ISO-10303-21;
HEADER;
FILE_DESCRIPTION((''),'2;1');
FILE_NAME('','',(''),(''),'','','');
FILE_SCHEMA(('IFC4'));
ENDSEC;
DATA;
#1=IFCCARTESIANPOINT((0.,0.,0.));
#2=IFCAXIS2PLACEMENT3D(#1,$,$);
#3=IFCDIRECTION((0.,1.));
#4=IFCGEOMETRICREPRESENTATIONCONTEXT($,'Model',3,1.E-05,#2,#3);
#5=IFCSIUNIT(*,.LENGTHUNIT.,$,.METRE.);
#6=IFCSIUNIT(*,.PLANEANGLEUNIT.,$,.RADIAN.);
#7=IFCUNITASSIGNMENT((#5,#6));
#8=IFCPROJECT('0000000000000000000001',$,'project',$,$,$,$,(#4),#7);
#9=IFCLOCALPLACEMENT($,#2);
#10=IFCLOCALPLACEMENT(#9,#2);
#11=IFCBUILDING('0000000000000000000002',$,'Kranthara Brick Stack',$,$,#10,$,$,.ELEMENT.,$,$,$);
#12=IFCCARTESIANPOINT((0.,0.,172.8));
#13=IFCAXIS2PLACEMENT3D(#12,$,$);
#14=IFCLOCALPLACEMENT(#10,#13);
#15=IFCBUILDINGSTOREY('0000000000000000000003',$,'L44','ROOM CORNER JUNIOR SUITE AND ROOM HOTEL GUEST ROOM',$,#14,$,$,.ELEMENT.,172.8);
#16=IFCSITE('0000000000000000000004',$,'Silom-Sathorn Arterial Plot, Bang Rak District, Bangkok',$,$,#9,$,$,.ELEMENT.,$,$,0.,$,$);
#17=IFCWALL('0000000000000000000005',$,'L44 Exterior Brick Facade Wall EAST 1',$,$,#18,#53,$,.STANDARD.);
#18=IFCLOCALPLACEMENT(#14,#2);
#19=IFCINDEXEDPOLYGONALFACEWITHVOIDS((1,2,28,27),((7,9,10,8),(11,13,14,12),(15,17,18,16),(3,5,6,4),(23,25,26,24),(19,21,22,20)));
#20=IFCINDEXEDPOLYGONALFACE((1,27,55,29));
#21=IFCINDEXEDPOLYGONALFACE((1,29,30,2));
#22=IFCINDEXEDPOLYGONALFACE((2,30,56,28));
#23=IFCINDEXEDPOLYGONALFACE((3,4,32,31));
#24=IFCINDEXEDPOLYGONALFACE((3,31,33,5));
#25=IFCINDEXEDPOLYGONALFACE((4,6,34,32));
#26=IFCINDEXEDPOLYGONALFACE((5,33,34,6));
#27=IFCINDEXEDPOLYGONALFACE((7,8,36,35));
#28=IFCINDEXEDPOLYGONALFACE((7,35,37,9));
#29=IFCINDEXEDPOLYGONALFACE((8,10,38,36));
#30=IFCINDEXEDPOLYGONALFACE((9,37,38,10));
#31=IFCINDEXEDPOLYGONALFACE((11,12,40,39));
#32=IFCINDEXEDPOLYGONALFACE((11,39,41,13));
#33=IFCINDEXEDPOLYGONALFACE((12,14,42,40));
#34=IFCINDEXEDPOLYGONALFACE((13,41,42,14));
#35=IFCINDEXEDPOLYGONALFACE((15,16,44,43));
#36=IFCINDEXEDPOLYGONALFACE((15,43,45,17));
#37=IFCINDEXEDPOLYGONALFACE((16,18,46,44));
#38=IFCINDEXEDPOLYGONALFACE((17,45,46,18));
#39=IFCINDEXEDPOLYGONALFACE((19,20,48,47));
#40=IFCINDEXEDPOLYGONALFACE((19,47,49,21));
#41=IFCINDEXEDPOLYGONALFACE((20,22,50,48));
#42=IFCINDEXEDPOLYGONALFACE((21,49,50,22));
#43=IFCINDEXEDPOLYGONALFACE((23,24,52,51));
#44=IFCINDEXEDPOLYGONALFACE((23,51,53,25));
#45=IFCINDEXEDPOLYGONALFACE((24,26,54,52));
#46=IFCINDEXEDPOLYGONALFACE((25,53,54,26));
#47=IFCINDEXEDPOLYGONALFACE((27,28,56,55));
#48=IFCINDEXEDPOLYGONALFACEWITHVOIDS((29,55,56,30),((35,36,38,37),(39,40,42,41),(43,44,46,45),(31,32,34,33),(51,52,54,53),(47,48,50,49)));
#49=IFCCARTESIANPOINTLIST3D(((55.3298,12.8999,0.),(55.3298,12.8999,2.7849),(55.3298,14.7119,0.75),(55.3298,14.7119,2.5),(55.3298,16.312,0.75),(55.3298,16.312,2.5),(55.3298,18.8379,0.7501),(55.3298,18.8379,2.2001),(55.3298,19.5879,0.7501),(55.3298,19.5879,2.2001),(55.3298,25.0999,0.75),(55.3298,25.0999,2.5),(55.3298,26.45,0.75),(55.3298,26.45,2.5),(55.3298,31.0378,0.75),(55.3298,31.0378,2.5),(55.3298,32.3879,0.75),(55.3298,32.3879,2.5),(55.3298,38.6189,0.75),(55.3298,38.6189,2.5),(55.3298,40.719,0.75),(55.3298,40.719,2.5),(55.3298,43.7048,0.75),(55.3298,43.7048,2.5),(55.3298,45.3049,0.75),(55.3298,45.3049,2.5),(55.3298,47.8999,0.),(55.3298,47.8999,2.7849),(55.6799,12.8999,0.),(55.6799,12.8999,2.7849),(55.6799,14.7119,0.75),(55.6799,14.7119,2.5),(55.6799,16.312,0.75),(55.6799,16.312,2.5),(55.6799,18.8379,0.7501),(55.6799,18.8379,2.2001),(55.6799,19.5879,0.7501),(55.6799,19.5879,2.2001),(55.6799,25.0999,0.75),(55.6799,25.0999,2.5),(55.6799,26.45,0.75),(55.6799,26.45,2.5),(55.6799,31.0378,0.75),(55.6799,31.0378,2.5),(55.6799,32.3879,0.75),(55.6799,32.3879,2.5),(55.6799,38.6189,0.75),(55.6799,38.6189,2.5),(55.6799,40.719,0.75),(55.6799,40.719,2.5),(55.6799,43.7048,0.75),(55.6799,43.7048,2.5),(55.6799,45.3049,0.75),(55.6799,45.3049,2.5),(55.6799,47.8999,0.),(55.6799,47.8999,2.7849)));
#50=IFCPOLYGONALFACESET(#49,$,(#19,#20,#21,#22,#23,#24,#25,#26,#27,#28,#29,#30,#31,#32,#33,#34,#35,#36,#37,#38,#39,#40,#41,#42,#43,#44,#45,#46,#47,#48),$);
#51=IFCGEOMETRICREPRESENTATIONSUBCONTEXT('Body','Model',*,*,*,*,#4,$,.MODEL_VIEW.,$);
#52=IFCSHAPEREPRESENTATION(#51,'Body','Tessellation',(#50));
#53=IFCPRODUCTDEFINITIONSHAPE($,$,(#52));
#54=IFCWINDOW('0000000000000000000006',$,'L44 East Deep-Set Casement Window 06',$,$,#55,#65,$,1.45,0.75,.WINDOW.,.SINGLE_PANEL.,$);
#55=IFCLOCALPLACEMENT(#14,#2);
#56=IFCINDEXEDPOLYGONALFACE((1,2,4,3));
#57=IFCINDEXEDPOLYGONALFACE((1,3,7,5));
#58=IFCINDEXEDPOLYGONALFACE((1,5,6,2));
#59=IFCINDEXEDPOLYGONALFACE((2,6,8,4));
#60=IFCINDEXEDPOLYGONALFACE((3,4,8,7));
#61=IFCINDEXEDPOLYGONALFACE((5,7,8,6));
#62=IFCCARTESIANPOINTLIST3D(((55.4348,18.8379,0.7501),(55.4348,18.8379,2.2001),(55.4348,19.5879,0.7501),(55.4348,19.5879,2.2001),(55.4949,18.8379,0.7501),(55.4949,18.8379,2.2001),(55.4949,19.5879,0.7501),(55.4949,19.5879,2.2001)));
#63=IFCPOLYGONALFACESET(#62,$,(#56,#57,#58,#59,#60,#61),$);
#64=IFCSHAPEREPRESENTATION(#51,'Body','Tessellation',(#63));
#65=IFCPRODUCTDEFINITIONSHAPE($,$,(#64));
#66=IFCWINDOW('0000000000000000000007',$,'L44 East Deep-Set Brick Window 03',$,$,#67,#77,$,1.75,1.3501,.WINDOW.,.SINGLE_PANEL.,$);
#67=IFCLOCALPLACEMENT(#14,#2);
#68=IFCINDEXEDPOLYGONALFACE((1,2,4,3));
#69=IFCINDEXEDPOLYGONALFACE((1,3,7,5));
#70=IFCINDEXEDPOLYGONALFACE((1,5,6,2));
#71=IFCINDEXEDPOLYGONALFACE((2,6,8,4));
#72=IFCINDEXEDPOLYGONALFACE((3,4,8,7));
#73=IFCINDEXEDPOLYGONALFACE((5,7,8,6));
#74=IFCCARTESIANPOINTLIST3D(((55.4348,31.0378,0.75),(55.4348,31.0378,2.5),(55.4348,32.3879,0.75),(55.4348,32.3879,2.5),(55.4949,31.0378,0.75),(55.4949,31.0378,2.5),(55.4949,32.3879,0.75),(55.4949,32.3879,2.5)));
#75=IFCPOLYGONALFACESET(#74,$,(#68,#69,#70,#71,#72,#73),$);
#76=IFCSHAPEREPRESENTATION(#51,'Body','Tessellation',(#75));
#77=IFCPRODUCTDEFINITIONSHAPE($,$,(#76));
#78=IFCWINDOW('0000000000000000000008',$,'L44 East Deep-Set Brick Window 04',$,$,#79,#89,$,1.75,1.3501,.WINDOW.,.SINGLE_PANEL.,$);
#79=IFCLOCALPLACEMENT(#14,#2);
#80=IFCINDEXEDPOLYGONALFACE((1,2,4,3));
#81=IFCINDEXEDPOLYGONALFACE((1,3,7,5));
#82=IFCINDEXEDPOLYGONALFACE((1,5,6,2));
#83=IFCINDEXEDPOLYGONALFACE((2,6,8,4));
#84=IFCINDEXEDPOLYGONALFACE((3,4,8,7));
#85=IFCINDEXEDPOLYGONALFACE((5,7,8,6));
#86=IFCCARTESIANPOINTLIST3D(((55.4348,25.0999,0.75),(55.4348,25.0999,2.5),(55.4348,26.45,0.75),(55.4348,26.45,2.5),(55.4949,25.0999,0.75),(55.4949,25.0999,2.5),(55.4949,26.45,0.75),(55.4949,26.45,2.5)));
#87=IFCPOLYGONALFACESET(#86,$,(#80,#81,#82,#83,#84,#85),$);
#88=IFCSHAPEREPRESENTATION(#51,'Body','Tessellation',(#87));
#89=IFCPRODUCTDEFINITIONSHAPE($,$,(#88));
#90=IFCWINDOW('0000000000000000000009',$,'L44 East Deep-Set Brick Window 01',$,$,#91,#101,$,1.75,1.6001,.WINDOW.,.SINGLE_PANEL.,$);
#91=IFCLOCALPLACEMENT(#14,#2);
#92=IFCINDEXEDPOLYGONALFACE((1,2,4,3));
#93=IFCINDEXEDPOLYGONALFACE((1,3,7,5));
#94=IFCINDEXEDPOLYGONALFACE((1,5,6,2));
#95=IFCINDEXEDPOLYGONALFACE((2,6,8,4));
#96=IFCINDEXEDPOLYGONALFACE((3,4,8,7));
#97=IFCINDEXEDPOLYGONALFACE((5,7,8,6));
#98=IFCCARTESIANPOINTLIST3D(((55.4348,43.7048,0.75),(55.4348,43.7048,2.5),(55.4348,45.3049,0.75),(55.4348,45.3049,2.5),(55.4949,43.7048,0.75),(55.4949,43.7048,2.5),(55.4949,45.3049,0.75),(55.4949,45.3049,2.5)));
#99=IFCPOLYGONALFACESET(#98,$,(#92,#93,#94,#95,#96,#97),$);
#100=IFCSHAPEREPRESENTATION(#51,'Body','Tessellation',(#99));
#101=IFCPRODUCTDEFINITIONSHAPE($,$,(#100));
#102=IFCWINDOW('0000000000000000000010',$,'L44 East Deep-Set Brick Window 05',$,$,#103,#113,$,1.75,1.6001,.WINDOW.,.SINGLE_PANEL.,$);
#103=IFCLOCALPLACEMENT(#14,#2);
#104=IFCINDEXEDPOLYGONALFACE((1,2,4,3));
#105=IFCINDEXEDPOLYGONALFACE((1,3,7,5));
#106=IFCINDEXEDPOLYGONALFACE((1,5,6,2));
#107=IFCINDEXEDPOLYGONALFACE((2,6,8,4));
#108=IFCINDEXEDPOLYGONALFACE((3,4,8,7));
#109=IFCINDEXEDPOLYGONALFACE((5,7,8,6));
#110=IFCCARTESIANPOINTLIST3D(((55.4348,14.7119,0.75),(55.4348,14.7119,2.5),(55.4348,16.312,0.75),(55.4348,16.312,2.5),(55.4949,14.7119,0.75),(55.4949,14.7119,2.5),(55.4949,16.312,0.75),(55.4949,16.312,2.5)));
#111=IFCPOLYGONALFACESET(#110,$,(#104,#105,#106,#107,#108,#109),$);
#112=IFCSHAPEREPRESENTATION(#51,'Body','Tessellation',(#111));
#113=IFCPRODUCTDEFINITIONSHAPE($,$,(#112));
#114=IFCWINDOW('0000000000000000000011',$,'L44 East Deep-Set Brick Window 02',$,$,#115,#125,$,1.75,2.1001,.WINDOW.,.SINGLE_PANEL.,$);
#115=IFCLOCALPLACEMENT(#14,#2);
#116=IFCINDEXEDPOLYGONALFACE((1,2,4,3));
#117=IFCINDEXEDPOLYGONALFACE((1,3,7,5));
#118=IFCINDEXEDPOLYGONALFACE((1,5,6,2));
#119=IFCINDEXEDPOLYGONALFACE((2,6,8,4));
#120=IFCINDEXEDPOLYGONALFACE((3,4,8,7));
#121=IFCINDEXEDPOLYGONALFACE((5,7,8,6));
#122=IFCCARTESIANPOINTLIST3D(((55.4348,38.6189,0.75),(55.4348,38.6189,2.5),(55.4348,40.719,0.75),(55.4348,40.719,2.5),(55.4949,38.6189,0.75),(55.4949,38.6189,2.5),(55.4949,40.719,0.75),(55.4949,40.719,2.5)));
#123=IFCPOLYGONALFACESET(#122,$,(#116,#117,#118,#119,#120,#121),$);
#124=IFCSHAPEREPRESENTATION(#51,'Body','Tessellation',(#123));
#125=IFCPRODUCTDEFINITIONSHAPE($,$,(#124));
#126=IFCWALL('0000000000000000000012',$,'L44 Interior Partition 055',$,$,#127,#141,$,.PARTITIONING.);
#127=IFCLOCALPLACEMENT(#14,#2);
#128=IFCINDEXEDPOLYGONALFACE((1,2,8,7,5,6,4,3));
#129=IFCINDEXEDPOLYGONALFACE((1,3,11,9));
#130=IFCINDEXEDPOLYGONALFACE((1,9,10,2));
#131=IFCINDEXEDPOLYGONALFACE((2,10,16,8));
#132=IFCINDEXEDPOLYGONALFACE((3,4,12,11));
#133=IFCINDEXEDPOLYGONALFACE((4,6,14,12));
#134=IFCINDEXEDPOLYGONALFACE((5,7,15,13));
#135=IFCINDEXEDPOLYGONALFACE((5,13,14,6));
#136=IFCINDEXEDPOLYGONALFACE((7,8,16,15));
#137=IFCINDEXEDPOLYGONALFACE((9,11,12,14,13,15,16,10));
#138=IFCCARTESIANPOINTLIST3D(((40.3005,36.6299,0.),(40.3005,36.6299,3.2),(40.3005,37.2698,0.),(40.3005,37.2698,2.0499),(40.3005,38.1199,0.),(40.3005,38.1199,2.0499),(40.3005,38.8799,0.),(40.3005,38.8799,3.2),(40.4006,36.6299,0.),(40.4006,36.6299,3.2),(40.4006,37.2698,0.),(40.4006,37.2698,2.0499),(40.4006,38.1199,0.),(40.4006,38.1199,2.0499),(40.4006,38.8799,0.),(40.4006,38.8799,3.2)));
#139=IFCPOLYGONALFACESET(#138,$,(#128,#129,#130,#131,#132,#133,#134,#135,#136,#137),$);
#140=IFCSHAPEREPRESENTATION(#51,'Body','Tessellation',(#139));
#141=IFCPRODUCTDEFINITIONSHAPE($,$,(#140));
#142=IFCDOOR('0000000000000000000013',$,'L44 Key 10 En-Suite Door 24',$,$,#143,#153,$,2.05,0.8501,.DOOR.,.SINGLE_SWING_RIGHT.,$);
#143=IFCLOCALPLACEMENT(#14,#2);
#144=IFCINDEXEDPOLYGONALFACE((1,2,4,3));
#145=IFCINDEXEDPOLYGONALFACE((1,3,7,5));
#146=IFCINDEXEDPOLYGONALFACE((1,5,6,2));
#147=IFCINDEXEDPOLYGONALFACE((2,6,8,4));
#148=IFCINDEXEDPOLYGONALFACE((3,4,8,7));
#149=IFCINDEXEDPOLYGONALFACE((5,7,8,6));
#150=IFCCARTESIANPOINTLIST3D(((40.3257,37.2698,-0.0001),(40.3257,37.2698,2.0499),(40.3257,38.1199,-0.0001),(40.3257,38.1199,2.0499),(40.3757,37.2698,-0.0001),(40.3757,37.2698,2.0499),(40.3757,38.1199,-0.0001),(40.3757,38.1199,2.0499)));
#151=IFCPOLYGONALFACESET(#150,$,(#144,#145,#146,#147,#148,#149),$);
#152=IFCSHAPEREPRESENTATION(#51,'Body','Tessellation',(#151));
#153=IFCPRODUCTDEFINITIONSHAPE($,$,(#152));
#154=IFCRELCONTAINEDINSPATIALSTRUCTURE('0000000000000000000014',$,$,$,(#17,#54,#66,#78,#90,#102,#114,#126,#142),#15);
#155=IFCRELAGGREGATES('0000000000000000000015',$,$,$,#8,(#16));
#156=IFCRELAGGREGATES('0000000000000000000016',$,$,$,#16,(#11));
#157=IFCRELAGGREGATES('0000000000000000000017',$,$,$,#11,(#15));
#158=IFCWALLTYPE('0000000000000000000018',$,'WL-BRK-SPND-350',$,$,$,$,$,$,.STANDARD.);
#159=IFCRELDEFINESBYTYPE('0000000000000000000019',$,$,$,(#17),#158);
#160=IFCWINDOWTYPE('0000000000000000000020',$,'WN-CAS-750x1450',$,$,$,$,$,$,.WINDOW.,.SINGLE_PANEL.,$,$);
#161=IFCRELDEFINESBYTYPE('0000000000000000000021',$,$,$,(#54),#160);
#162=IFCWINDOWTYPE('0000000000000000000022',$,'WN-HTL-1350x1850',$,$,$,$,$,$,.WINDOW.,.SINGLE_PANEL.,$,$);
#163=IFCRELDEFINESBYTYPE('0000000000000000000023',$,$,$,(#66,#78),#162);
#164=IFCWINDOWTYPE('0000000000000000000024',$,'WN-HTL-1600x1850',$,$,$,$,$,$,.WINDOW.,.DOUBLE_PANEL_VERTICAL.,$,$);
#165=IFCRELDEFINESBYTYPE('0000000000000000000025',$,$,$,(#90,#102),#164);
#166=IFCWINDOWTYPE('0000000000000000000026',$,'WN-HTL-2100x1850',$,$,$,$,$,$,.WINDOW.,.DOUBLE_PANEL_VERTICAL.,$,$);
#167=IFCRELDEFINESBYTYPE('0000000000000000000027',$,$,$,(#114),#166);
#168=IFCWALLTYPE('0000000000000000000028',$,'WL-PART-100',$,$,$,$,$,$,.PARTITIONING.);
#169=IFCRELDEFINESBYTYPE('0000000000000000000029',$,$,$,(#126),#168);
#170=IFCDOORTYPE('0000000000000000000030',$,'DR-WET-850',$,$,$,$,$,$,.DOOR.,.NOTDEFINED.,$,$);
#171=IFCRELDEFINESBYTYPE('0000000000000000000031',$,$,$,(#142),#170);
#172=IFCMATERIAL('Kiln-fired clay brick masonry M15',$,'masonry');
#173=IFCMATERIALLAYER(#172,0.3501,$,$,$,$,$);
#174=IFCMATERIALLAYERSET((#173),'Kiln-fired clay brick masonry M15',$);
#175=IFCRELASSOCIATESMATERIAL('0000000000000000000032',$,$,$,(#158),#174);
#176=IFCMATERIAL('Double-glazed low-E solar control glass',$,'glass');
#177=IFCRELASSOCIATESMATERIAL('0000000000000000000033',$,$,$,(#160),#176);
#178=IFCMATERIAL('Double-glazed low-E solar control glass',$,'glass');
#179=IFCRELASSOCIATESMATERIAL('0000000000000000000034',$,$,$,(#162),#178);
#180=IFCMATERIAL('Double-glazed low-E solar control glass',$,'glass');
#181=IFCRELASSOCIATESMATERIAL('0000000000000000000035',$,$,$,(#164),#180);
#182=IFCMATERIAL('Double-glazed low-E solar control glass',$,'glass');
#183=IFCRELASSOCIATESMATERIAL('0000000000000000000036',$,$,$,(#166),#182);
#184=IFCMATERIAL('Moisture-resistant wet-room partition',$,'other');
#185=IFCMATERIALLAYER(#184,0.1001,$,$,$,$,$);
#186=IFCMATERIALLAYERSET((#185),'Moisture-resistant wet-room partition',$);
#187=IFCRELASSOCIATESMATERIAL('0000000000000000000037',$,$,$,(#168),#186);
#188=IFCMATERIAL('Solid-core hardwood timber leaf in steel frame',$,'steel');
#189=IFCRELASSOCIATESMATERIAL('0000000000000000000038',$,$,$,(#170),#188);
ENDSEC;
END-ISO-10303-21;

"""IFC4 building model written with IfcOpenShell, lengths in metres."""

from ifc_helpers import new_model, si_unit, direction, frame, frame_2d, origin, place, context, subcontext, project, spatial, rectangle, extrude, material, layer, layer_set, type_object, element, fill, save


model = new_model("IFC4")

# Units and contexts
model_context = context("Model", 3, precision=1e-05, world=origin(), true_north=direction((0.0, 1.0)))
body_context = subcontext(model_context, "Body", "Model", "MODEL_VIEW")
ifc_project = project(units=[si_unit("LENGTHUNIT", "METRE"), si_unit("PLANEANGLEUNIT", "RADIAN")], contexts=[model_context])

# Site, building, storey
site_placement = place(None, origin())
site = spatial("IfcSite", under=ifc_project, at=site_placement, Name="Silom-Sathorn Arterial Plot, Bang Rak District, Bangkok", CompositionType="ELEMENT", RefElevation=0.0)
building_placement = place(site_placement, origin())
building = spatial("IfcBuilding", under=site, at=building_placement, Name="Kranthara Brick Stack", CompositionType="ELEMENT")
storey_placement = place(building_placement, frame((0.0, 0.0, 172.8)))
storey = spatial("IfcBuildingStorey", under=building, at=storey_placement, Name="L44", Description="ROOM CORNER JUNIOR SUITE AND ROOM HOTEL GUEST ROOM", CompositionType="ELEMENT", Elevation=172.8)

# Shared definitions
ifc_material_1 = material(Name="Kiln-fired clay brick masonry M15", Category="masonry")
ifc_layer_1 = layer(ifc_material_1, 0.3501)
ifc_layer_set_1 = layer_set([ifc_layer_1], Name="Kiln-fired clay brick masonry M15")
wall_type_1 = type_object("IfcWallType", Name="WL-BRK-SPND-350", PredefinedType="STANDARD", material=ifc_layer_set_1)

# Wall, openings, windows
wall_1_placement = place(storey_placement, frame((55.5049, 47.8999, 0.0), z_axis=(0.0, 0.0, 1.0), x_axis=(0.0, -1.0, 0.0)))
wall_1 = element("IfcWall", 1, at=wall_1_placement, inside=storey, type_object=wall_type_1, Name="L44 Exterior Brick Facade Wall EAST 1", PredefinedType="STANDARD", context=body_context, shape_type="SweptSolid", body=[
    extrude(rectangle(XDim=35.0, YDim=0.3501, at=frame_2d((17.5, 0.0))), origin(), (0.0, 0.0, 1.0), 2.7849),
])
opening_1_placement = place(wall_1_placement, frame((2.595, 0.0, 0.75)))
opening_1 = element("IfcOpeningElement", 2, at=opening_1_placement, cuts=wall_1, PredefinedType="OPENING", context=body_context, shape_type="SweptSolid", body=[
    extrude(rectangle(XDim=1.6001, YDim=1.75, at=frame_2d((0.8, 0.875))), frame((0.0, 0.1851, 0.0), z_axis=(0.0, -1.0, 0.0), x_axis=(1.0, 0.0, 0.0)), (0.0, 0.0, 1.0), 0.3701),
])
opening_2_placement = place(wall_1_placement, frame((7.1809, 0.0, 0.75)))
opening_2 = element("IfcOpeningElement", 3, at=opening_2_placement, cuts=wall_1, PredefinedType="OPENING", context=body_context, shape_type="SweptSolid", body=[
    extrude(rectangle(XDim=2.1001, YDim=1.75, at=frame_2d((1.05, 0.875))), frame((0.0, 0.1851, 0.0), z_axis=(0.0, -1.0, 0.0), x_axis=(1.0, 0.0, 0.0)), (0.0, 0.0, 1.0), 0.3701),
])
opening_3_placement = place(wall_1_placement, frame((15.512, 0.0, 0.75)))
opening_3 = element("IfcOpeningElement", 4, at=opening_3_placement, cuts=wall_1, PredefinedType="OPENING", context=body_context, shape_type="SweptSolid", body=[
    extrude(rectangle(XDim=1.3501, YDim=1.75, at=frame_2d((0.675, 0.875))), frame((0.0, 0.1851, 0.0), z_axis=(0.0, -1.0, 0.0), x_axis=(1.0, 0.0, 0.0)), (0.0, 0.0, 1.0), 0.3701),
])
opening_4_placement = place(wall_1_placement, frame((21.45, 0.0, 0.75)))
opening_4 = element("IfcOpeningElement", 5, at=opening_4_placement, cuts=wall_1, PredefinedType="OPENING", context=body_context, shape_type="SweptSolid", body=[
    extrude(rectangle(XDim=1.3501, YDim=1.75, at=frame_2d((0.675, 0.875))), frame((0.0, 0.1851, 0.0), z_axis=(0.0, -1.0, 0.0), x_axis=(1.0, 0.0, 0.0)), (0.0, 0.0, 1.0), 0.3701),
])
opening_5_placement = place(wall_1_placement, frame((31.5879, 0.0, 0.75)))
opening_5 = element("IfcOpeningElement", 6, at=opening_5_placement, cuts=wall_1, PredefinedType="OPENING", context=body_context, shape_type="SweptSolid", body=[
    extrude(rectangle(XDim=1.6001, YDim=1.75, at=frame_2d((0.8, 0.875))), frame((0.0, 0.1851, 0.0), z_axis=(0.0, -1.0, 0.0), x_axis=(1.0, 0.0, 0.0)), (0.0, 0.0, 1.0), 0.3701),
])
opening_6_placement = place(wall_1_placement, frame((28.312, 0.0, 0.75)))
opening_6 = element("IfcOpeningElement", 7, at=opening_6_placement, cuts=wall_1, PredefinedType="OPENING", context=body_context, shape_type="SweptSolid", body=[
    extrude(rectangle(XDim=0.75, YDim=1.45, at=frame_2d((0.375, 0.7251))), frame((0.0, 0.1851, 0.0), z_axis=(0.0, -1.0, 0.0), x_axis=(1.0, 0.0, 0.0)), (0.0, 0.0, 1.0), 0.3701),
])
ifc_material_2 = material(Name="Double-glazed low-E solar control glass", Category="glass")
window_type_1 = type_object("IfcWindowType", Name="WN-CAS-750x1450", PartitioningType="SINGLE_PANEL", PredefinedType="WINDOW", material=ifc_material_2)
window_1_placement = place(opening_6_placement, origin())
window_1 = element("IfcWindow", 8, at=window_1_placement, inside=storey, type_object=window_type_1, Name="L44 East Deep-Set Casement Window 06", OverallHeight=1.45, OverallWidth=0.75, PartitioningType="SINGLE_PANEL", PredefinedType="WINDOW", context=body_context, shape_type="SweptSolid", body=[
    extrude(rectangle(XDim=0.75, YDim=1.45, at=frame_2d((0.375, 0.7251))), frame((0.0, -0.01, 0.0), z_axis=(0.0, -1.0, 0.0), x_axis=(1.0, 0.0, 0.0)), (0.0, 0.0, 1.0), 0.0601),
])
fill(opening_6, window_1)
ifc_material_3 = material(Name="Double-glazed low-E solar control glass", Category="glass")
window_type_2 = type_object("IfcWindowType", Name="WN-HTL-1350x1850", PartitioningType="SINGLE_PANEL", PredefinedType="WINDOW", material=ifc_material_3)
window_2_placement = place(opening_3_placement, origin())
window_2 = element("IfcWindow", 9, at=window_2_placement, inside=storey, type_object=window_type_2, Name="L44 East Deep-Set Brick Window 03", OverallHeight=1.75, OverallWidth=1.3501, PartitioningType="SINGLE_PANEL", PredefinedType="WINDOW", context=body_context, shape_type="SweptSolid", body=[
    extrude(rectangle(XDim=1.3501, YDim=1.75, at=frame_2d((0.675, 0.875))), frame((0.0, -0.01, 0.0), z_axis=(0.0, -1.0, 0.0), x_axis=(1.0, 0.0, 0.0)), (0.0, 0.0, 1.0), 0.0601),
])
fill(opening_3, window_2)
window_3_placement = place(opening_4_placement, origin())
window_3 = element("IfcWindow", 10, at=window_3_placement, inside=storey, type_object=window_type_2, Name="L44 East Deep-Set Brick Window 04", OverallHeight=1.75, OverallWidth=1.3501, PartitioningType="SINGLE_PANEL", PredefinedType="WINDOW", context=body_context, shape_type="SweptSolid", body=[
    extrude(rectangle(XDim=1.3501, YDim=1.75, at=frame_2d((0.675, 0.875))), frame((0.0, -0.01, 0.0), z_axis=(0.0, -1.0, 0.0), x_axis=(1.0, 0.0, 0.0)), (0.0, 0.0, 1.0), 0.0601),
])
fill(opening_4, window_3)
ifc_material_4 = material(Name="Double-glazed low-E solar control glass", Category="glass")
window_type_3 = type_object("IfcWindowType", Name="WN-HTL-1600x1850", PartitioningType="DOUBLE_PANEL_VERTICAL", PredefinedType="WINDOW", material=ifc_material_4)
window_4_placement = place(opening_1_placement, origin())
window_4 = element("IfcWindow", 11, at=window_4_placement, inside=storey, type_object=window_type_3, Name="L44 East Deep-Set Brick Window 01", OverallHeight=1.75, OverallWidth=1.6001, PartitioningType="SINGLE_PANEL", PredefinedType="WINDOW", context=body_context, shape_type="SweptSolid", body=[
    extrude(rectangle(XDim=1.6001, YDim=1.75, at=frame_2d((0.8, 0.875))), frame((0.0, -0.01, 0.0), z_axis=(0.0, -1.0, 0.0), x_axis=(1.0, 0.0, 0.0)), (0.0, 0.0, 1.0), 0.0601),
])
fill(opening_1, window_4)
window_5_placement = place(opening_5_placement, origin())
window_5 = element("IfcWindow", 12, at=window_5_placement, inside=storey, type_object=window_type_3, Name="L44 East Deep-Set Brick Window 05", OverallHeight=1.75, OverallWidth=1.6001, PartitioningType="SINGLE_PANEL", PredefinedType="WINDOW", context=body_context, shape_type="SweptSolid", body=[
    extrude(rectangle(XDim=1.6001, YDim=1.75, at=frame_2d((0.8, 0.875))), frame((0.0, -0.01, 0.0), z_axis=(0.0, -1.0, 0.0), x_axis=(1.0, 0.0, 0.0)), (0.0, 0.0, 1.0), 0.0601),
])
fill(opening_5, window_5)
ifc_material_5 = material(Name="Double-glazed low-E solar control glass", Category="glass")
window_type_4 = type_object("IfcWindowType", Name="WN-HTL-2100x1850", PartitioningType="DOUBLE_PANEL_VERTICAL", PredefinedType="WINDOW", material=ifc_material_5)
window_6_placement = place(opening_2_placement, origin())
window_6 = element("IfcWindow", 13, at=window_6_placement, inside=storey, type_object=window_type_4, Name="L44 East Deep-Set Brick Window 02", OverallHeight=1.75, OverallWidth=2.1001, PartitioningType="SINGLE_PANEL", PredefinedType="WINDOW", context=body_context, shape_type="SweptSolid", body=[
    extrude(rectangle(XDim=2.1001, YDim=1.75, at=frame_2d((1.05, 0.875))), frame((0.0, -0.01, 0.0), z_axis=(0.0, -1.0, 0.0), x_axis=(1.0, 0.0, 0.0)), (0.0, 0.0, 1.0), 0.0601),
])
fill(opening_2, window_6)

# Wall, opening, door
ifc_material_6 = material(Name="Moisture-resistant wet-room partition", Category="other")
ifc_layer_2 = layer(ifc_material_6, 0.1001)
ifc_layer_set_2 = layer_set([ifc_layer_2], Name="Moisture-resistant wet-room partition")
wall_type_2 = type_object("IfcWallType", Name="WL-PART-100", PredefinedType="PARTITIONING", material=ifc_layer_set_2)
wall_2_placement = place(storey_placement, frame((40.3506, 36.6299, 0.0), z_axis=(0.0, 0.0, 1.0), x_axis=(0.0, 1.0, 0.0)))
wall_2 = element("IfcWall", 14, at=wall_2_placement, inside=storey, type_object=wall_type_2, Name="L44 Interior Partition 055", PredefinedType="PARTITIONING", context=body_context, shape_type="SweptSolid", body=[
    extrude(rectangle(XDim=2.25, YDim=0.1001, at=frame_2d((1.125, 0.0))), origin(), (0.0, 0.0, 1.0), 3.2),
])
opening_7_placement = place(wall_2_placement, frame((0.6399, 0.0, 0.0)))
opening_7 = element("IfcOpeningElement", 15, at=opening_7_placement, cuts=wall_2, PredefinedType="OPENING", context=body_context, shape_type="SweptSolid", body=[
    extrude(rectangle(XDim=0.8501, YDim=2.05, at=frame_2d((0.425, 1.0249))), frame((0.0, 0.0601, 0.0), z_axis=(0.0, -1.0, 0.0), x_axis=(1.0, 0.0, 0.0)), (0.0, 0.0, 1.0), 0.1201),
])
ifc_material_7 = material(Name="Solid-core hardwood timber leaf in steel frame", Category="steel")
door_type_1 = type_object("IfcDoorType", Name="DR-WET-850", OperationType="NOTDEFINED", PredefinedType="DOOR", material=ifc_material_7)
door_1_placement = place(opening_7_placement, origin())
door_1 = element("IfcDoor", 16, at=door_1_placement, inside=storey, type_object=door_type_1, Name="L44 Key 10 En-Suite Door 24", OperationType="SINGLE_SWING_RIGHT", OverallHeight=2.05, OverallWidth=0.8501, PredefinedType="DOOR", context=body_context, shape_type="SweptSolid", body=[
    extrude(rectangle(XDim=0.8501, YDim=2.05, at=frame_2d((0.425, 1.0249))), frame((0.0, 0.0249, 0.0), z_axis=(0.0, -1.0, 0.0), x_axis=(1.0, 0.0, 0.0)), (0.0, 0.0, 1.0), 0.05),
])
fill(opening_7, door_1)

save(model, "model.ifc")
